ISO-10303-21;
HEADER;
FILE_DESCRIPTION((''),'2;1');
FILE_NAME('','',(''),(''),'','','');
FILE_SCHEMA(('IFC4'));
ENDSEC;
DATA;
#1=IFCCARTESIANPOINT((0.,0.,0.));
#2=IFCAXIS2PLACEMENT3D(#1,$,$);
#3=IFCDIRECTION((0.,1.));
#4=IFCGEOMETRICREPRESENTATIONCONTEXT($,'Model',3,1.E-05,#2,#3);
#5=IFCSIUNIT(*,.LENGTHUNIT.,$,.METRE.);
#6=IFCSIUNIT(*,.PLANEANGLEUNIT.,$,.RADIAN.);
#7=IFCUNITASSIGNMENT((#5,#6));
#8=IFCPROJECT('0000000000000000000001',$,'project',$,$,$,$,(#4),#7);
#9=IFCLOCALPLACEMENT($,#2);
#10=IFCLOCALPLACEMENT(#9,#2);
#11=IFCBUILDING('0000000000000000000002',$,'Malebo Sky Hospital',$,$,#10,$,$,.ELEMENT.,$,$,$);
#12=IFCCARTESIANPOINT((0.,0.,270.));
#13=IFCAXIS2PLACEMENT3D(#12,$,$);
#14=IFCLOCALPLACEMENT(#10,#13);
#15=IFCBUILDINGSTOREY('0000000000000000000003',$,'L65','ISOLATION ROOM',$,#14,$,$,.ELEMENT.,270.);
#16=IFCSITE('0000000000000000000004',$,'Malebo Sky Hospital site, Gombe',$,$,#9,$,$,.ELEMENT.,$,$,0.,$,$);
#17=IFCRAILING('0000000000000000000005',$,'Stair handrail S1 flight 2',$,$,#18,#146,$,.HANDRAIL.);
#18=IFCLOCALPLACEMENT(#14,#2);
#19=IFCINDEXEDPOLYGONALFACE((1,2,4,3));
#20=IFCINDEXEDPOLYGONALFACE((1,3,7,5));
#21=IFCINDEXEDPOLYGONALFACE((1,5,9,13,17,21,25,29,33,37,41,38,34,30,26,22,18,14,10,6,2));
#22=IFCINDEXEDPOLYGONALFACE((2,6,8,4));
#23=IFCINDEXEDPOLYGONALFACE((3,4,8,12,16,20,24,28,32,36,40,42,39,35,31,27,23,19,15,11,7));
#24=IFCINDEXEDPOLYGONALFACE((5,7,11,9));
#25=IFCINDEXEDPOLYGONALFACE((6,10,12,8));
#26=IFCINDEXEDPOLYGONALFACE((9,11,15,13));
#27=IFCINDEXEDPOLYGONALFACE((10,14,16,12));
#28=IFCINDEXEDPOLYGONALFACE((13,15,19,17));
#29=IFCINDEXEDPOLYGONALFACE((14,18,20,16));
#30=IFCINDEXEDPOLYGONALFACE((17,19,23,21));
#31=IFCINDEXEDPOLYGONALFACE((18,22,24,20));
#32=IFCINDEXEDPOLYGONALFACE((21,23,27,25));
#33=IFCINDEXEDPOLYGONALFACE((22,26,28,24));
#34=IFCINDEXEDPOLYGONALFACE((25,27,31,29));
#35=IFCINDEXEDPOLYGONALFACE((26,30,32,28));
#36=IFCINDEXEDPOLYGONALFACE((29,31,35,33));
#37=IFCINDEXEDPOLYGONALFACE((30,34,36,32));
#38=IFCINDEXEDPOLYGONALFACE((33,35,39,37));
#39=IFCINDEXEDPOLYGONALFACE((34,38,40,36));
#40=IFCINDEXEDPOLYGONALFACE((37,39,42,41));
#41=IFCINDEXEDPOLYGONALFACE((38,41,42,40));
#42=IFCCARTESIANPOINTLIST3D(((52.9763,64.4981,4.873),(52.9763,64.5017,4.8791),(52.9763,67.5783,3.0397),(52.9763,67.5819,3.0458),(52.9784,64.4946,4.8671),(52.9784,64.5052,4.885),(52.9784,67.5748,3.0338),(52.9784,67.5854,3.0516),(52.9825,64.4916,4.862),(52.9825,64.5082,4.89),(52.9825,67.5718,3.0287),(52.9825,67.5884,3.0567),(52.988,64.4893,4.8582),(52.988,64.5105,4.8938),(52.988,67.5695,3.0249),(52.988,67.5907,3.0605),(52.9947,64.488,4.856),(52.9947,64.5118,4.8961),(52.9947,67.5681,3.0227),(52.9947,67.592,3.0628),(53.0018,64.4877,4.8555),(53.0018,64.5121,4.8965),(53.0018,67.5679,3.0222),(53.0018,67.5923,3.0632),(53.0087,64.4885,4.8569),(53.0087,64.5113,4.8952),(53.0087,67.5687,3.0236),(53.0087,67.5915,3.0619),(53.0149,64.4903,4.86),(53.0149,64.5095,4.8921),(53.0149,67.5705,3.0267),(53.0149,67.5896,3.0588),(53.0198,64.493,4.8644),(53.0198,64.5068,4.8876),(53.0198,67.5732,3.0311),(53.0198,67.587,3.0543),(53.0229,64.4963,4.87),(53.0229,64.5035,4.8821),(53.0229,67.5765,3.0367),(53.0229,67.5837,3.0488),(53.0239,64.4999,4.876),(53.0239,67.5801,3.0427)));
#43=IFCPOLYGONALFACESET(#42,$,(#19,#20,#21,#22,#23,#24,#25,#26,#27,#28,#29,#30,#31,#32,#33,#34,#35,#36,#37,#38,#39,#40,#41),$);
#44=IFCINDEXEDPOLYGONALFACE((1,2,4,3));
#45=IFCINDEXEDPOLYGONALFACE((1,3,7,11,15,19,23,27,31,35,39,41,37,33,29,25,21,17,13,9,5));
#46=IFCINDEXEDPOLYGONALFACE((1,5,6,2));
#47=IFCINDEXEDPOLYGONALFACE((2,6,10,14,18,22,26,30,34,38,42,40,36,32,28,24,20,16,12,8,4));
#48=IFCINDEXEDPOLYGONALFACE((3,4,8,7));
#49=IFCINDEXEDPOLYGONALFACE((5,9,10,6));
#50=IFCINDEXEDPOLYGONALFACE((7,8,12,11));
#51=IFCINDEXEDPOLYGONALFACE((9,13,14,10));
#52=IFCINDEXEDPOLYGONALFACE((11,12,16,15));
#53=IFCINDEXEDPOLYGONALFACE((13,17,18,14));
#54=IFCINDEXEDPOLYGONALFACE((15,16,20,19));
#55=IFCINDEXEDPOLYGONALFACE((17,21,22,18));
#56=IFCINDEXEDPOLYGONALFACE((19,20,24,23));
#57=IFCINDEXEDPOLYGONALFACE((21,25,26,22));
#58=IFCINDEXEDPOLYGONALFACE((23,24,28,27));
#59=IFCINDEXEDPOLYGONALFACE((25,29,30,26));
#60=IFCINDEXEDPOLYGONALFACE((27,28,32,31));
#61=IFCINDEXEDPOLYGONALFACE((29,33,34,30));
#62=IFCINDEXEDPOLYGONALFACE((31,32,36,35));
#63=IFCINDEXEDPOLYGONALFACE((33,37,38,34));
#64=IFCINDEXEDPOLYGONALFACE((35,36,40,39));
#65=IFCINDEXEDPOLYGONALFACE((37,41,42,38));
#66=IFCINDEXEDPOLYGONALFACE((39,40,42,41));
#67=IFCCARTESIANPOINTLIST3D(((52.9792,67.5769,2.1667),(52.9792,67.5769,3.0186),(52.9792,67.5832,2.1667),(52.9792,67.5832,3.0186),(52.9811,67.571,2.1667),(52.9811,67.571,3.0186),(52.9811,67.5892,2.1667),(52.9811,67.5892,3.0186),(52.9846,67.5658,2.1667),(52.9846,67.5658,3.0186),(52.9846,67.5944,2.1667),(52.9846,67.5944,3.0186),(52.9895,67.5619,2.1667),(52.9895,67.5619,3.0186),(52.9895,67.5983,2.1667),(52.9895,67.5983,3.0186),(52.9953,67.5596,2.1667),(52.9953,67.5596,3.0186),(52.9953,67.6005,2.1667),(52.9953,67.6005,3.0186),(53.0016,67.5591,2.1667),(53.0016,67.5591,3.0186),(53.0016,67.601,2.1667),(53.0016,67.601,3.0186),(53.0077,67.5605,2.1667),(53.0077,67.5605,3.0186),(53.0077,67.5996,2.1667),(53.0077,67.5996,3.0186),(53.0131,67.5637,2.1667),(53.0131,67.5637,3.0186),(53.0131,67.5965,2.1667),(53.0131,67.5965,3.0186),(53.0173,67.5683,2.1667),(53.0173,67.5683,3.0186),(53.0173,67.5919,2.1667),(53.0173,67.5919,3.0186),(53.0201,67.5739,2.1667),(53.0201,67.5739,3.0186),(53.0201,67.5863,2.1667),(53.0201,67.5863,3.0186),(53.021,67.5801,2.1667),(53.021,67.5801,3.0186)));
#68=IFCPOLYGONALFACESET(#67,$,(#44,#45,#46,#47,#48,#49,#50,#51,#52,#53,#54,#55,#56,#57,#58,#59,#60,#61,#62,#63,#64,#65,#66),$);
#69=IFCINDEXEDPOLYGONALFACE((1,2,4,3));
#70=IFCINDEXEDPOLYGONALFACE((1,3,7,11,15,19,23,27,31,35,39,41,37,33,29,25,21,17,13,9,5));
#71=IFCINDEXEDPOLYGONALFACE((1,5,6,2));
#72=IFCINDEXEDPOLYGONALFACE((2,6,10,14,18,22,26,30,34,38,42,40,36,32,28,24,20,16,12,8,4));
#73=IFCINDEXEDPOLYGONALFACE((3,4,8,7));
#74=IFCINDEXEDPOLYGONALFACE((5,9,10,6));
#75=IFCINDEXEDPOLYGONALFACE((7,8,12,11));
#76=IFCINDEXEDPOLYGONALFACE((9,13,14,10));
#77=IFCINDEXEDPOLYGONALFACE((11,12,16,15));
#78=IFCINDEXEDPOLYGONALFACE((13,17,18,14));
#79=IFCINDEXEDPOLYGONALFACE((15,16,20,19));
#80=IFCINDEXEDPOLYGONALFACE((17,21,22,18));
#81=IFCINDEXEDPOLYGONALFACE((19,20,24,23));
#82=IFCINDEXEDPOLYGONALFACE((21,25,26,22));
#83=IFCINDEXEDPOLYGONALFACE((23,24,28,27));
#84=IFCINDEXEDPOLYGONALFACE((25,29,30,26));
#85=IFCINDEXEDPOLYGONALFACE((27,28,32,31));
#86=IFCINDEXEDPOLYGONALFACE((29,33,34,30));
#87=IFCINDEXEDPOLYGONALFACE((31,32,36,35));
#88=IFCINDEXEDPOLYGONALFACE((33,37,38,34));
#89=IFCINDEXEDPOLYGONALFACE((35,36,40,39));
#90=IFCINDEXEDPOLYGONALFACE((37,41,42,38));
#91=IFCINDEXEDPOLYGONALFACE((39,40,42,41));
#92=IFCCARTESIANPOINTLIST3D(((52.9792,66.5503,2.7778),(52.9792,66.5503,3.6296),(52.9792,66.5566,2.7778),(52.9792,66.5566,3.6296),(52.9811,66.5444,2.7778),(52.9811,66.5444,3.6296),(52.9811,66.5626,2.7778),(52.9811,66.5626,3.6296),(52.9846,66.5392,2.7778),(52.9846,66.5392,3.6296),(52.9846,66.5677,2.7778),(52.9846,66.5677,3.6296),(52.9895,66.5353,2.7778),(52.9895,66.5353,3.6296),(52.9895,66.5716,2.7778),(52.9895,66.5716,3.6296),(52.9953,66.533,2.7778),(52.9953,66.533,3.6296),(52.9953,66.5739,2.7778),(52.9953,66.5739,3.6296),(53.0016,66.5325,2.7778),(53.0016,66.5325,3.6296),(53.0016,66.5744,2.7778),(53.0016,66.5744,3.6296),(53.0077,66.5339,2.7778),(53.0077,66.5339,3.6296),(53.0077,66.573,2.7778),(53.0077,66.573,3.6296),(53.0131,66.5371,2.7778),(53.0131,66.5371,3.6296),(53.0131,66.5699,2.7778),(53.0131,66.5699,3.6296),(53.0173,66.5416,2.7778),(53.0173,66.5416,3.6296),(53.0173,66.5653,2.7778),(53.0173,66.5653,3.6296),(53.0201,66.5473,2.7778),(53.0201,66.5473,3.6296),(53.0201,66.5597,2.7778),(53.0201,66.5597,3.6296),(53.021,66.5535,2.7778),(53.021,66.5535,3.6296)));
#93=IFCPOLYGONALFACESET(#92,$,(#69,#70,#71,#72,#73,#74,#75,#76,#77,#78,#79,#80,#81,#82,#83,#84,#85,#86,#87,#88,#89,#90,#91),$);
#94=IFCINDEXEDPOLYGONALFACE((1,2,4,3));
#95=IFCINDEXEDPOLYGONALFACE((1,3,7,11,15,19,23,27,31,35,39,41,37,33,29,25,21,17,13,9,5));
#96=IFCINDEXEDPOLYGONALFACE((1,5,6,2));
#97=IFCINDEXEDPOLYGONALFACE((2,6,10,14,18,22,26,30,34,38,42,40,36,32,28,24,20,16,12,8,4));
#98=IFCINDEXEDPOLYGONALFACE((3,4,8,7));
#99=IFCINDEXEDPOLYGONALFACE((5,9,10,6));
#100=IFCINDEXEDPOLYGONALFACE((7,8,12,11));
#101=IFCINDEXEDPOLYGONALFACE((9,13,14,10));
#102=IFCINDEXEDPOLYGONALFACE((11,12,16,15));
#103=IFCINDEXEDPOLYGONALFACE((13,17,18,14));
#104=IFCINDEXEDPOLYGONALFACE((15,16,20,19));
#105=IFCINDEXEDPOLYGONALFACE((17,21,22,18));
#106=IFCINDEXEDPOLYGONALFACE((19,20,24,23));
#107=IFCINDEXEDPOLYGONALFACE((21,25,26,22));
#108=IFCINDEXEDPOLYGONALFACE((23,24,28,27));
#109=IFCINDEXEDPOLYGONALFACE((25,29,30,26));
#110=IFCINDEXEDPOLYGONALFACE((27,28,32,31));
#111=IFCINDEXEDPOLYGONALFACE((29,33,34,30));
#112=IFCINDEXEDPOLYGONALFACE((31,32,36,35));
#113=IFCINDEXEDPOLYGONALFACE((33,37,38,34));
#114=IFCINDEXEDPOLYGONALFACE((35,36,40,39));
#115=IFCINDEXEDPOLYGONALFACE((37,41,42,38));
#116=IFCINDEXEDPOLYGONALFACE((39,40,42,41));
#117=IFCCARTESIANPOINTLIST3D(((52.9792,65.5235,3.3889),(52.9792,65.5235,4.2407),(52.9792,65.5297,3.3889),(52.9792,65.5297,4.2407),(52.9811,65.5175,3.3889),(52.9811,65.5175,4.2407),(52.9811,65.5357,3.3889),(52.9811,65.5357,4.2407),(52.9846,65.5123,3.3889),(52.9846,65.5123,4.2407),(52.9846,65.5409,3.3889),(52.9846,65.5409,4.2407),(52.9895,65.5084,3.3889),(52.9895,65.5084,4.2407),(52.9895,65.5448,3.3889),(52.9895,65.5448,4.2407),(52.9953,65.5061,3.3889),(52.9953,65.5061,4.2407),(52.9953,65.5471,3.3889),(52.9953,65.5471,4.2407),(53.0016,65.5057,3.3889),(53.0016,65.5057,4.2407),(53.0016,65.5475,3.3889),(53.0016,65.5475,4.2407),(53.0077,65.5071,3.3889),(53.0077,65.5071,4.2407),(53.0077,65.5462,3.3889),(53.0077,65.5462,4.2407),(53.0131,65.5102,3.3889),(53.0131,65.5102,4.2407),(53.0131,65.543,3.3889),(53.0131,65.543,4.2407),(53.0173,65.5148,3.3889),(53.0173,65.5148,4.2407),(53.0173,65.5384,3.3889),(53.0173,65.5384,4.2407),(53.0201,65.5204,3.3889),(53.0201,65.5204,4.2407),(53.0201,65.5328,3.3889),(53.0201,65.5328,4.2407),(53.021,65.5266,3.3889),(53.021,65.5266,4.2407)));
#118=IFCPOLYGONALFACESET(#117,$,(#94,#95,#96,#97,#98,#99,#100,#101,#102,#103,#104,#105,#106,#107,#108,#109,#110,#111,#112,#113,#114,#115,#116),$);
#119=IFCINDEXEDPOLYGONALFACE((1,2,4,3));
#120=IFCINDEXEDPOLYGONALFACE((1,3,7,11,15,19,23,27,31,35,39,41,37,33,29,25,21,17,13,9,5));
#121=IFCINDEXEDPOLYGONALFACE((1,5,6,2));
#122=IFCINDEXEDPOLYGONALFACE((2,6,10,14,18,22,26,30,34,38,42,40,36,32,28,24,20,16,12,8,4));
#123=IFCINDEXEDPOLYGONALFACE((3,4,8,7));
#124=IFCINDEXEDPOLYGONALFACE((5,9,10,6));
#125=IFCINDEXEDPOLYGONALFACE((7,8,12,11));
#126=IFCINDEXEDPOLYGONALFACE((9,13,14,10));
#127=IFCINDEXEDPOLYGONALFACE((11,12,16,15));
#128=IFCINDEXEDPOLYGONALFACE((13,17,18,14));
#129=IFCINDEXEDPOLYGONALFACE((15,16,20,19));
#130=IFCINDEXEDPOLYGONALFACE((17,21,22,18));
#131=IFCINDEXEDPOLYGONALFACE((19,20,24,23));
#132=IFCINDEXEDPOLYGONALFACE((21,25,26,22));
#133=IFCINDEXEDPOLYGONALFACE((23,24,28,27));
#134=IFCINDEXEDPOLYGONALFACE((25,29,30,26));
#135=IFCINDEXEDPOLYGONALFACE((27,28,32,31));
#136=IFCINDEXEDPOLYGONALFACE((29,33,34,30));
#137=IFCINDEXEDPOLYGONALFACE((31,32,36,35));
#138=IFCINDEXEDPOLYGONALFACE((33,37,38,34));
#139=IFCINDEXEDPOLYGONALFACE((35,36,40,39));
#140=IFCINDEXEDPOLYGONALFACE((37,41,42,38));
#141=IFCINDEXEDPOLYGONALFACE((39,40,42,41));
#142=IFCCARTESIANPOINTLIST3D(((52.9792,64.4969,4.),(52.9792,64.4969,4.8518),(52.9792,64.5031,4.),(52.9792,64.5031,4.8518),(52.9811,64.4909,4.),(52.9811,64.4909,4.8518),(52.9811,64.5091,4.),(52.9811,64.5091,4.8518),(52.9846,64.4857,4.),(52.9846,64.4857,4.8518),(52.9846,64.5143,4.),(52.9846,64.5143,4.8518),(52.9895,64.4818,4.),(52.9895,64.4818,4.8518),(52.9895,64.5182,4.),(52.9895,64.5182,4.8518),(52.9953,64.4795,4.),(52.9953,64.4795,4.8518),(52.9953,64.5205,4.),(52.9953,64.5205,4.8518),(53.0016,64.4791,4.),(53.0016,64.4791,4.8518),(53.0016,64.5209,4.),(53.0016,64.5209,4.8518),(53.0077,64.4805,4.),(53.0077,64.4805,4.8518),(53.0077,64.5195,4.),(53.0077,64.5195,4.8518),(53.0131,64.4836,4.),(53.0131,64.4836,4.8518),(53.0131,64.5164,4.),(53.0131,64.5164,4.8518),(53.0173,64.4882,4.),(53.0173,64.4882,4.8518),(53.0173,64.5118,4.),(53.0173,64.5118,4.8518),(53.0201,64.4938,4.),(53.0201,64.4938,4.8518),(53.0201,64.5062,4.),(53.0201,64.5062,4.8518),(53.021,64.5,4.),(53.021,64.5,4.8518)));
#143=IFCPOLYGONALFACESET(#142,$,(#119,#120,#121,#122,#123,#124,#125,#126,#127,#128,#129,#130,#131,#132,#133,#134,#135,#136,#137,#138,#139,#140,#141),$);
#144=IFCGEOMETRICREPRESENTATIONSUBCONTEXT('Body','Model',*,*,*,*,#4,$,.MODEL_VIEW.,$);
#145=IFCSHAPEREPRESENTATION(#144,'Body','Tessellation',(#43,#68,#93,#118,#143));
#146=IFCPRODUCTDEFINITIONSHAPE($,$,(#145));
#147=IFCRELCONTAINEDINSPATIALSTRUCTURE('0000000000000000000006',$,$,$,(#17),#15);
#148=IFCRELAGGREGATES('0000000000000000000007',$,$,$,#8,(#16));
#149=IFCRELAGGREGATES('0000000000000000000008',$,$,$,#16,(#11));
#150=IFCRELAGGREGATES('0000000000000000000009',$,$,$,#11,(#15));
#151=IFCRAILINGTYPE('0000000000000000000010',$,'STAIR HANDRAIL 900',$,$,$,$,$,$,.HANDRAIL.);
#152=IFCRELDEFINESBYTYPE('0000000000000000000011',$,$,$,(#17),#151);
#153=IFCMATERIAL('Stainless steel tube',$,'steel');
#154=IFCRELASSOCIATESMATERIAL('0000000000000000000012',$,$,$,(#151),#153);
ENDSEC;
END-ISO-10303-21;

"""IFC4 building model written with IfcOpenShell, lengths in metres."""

from ifc_helpers import new_model, si_unit, direction, frame, origin, origin_2d, place, context, subcontext, project, spatial, circle, extrude, material, type_object, element, save


model = new_model("IFC4")

# Units and contexts
model_context = context("Model", 3, precision=1e-05, world=origin(), true_north=direction((0.0, 1.0)))
body_context = subcontext(model_context, "Body", "Model", "MODEL_VIEW")
ifc_project = project(units=[si_unit("LENGTHUNIT", "METRE"), si_unit("PLANEANGLEUNIT", "RADIAN")], contexts=[model_context])

# Site, building, storey
site_placement = place(None, origin())
site = spatial("IfcSite", under=ifc_project, at=site_placement, Name="Malebo Sky Hospital site, Gombe", CompositionType="ELEMENT", RefElevation=0.0)
building_placement = place(site_placement, origin())
building = spatial("IfcBuilding", under=site, at=building_placement, Name="Malebo Sky Hospital", CompositionType="ELEMENT")
storey_placement = place(building_placement, frame((0.0, 0.0, 270.0)))
storey = spatial("IfcBuildingStorey", under=building, at=storey_placement, Name="L65", Description="ISOLATION ROOM", CompositionType="ELEMENT", Elevation=270.0)

# Railing
ifc_material_1 = material(Name="Stainless steel tube", Category="steel")
railing_type = type_object("IfcRailingType", Name="STAIR HANDRAIL 900", PredefinedType="HANDRAIL", material=ifc_material_1)
railing_1_placement = place(storey_placement, frame((53.0, 67.5801, 2.1667)))
element("IfcRailing", 1, at=railing_1_placement, inside=storey, type_object=railing_type, Name="Stair handrail S1 flight 2", PredefinedType="HANDRAIL", context=body_context, shape_type="SweptSolid", body=[
    extrude(circle(Radius=0.0239, at=origin_2d()), frame((0.0, 0.0, 0.876), z_axis=(0.0, -0.859309, 0.511458), x_axis=(1.0, 0.0, 0.0)), (0.0, 0.0, 1.0), 3.5845),
    extrude(circle(Radius=0.021, at=origin_2d()), origin(), (0.0, 0.0, 1.0), 0.8518),
    extrude(circle(Radius=0.021, at=origin_2d()), frame((0.0, -1.0266, 0.6111)), (0.0, 0.0, 1.0), 0.8518),
    extrude(circle(Radius=0.021, at=origin_2d()), frame((0.0, -2.0535, 1.2222)), (0.0, 0.0, 1.0), 0.8518),
    extrude(circle(Radius=0.021, at=origin_2d()), frame((0.0, -3.0801, 1.8333)), (0.0, 0.0, 1.0), 0.8518),
])

save(model, "model.ifc")
